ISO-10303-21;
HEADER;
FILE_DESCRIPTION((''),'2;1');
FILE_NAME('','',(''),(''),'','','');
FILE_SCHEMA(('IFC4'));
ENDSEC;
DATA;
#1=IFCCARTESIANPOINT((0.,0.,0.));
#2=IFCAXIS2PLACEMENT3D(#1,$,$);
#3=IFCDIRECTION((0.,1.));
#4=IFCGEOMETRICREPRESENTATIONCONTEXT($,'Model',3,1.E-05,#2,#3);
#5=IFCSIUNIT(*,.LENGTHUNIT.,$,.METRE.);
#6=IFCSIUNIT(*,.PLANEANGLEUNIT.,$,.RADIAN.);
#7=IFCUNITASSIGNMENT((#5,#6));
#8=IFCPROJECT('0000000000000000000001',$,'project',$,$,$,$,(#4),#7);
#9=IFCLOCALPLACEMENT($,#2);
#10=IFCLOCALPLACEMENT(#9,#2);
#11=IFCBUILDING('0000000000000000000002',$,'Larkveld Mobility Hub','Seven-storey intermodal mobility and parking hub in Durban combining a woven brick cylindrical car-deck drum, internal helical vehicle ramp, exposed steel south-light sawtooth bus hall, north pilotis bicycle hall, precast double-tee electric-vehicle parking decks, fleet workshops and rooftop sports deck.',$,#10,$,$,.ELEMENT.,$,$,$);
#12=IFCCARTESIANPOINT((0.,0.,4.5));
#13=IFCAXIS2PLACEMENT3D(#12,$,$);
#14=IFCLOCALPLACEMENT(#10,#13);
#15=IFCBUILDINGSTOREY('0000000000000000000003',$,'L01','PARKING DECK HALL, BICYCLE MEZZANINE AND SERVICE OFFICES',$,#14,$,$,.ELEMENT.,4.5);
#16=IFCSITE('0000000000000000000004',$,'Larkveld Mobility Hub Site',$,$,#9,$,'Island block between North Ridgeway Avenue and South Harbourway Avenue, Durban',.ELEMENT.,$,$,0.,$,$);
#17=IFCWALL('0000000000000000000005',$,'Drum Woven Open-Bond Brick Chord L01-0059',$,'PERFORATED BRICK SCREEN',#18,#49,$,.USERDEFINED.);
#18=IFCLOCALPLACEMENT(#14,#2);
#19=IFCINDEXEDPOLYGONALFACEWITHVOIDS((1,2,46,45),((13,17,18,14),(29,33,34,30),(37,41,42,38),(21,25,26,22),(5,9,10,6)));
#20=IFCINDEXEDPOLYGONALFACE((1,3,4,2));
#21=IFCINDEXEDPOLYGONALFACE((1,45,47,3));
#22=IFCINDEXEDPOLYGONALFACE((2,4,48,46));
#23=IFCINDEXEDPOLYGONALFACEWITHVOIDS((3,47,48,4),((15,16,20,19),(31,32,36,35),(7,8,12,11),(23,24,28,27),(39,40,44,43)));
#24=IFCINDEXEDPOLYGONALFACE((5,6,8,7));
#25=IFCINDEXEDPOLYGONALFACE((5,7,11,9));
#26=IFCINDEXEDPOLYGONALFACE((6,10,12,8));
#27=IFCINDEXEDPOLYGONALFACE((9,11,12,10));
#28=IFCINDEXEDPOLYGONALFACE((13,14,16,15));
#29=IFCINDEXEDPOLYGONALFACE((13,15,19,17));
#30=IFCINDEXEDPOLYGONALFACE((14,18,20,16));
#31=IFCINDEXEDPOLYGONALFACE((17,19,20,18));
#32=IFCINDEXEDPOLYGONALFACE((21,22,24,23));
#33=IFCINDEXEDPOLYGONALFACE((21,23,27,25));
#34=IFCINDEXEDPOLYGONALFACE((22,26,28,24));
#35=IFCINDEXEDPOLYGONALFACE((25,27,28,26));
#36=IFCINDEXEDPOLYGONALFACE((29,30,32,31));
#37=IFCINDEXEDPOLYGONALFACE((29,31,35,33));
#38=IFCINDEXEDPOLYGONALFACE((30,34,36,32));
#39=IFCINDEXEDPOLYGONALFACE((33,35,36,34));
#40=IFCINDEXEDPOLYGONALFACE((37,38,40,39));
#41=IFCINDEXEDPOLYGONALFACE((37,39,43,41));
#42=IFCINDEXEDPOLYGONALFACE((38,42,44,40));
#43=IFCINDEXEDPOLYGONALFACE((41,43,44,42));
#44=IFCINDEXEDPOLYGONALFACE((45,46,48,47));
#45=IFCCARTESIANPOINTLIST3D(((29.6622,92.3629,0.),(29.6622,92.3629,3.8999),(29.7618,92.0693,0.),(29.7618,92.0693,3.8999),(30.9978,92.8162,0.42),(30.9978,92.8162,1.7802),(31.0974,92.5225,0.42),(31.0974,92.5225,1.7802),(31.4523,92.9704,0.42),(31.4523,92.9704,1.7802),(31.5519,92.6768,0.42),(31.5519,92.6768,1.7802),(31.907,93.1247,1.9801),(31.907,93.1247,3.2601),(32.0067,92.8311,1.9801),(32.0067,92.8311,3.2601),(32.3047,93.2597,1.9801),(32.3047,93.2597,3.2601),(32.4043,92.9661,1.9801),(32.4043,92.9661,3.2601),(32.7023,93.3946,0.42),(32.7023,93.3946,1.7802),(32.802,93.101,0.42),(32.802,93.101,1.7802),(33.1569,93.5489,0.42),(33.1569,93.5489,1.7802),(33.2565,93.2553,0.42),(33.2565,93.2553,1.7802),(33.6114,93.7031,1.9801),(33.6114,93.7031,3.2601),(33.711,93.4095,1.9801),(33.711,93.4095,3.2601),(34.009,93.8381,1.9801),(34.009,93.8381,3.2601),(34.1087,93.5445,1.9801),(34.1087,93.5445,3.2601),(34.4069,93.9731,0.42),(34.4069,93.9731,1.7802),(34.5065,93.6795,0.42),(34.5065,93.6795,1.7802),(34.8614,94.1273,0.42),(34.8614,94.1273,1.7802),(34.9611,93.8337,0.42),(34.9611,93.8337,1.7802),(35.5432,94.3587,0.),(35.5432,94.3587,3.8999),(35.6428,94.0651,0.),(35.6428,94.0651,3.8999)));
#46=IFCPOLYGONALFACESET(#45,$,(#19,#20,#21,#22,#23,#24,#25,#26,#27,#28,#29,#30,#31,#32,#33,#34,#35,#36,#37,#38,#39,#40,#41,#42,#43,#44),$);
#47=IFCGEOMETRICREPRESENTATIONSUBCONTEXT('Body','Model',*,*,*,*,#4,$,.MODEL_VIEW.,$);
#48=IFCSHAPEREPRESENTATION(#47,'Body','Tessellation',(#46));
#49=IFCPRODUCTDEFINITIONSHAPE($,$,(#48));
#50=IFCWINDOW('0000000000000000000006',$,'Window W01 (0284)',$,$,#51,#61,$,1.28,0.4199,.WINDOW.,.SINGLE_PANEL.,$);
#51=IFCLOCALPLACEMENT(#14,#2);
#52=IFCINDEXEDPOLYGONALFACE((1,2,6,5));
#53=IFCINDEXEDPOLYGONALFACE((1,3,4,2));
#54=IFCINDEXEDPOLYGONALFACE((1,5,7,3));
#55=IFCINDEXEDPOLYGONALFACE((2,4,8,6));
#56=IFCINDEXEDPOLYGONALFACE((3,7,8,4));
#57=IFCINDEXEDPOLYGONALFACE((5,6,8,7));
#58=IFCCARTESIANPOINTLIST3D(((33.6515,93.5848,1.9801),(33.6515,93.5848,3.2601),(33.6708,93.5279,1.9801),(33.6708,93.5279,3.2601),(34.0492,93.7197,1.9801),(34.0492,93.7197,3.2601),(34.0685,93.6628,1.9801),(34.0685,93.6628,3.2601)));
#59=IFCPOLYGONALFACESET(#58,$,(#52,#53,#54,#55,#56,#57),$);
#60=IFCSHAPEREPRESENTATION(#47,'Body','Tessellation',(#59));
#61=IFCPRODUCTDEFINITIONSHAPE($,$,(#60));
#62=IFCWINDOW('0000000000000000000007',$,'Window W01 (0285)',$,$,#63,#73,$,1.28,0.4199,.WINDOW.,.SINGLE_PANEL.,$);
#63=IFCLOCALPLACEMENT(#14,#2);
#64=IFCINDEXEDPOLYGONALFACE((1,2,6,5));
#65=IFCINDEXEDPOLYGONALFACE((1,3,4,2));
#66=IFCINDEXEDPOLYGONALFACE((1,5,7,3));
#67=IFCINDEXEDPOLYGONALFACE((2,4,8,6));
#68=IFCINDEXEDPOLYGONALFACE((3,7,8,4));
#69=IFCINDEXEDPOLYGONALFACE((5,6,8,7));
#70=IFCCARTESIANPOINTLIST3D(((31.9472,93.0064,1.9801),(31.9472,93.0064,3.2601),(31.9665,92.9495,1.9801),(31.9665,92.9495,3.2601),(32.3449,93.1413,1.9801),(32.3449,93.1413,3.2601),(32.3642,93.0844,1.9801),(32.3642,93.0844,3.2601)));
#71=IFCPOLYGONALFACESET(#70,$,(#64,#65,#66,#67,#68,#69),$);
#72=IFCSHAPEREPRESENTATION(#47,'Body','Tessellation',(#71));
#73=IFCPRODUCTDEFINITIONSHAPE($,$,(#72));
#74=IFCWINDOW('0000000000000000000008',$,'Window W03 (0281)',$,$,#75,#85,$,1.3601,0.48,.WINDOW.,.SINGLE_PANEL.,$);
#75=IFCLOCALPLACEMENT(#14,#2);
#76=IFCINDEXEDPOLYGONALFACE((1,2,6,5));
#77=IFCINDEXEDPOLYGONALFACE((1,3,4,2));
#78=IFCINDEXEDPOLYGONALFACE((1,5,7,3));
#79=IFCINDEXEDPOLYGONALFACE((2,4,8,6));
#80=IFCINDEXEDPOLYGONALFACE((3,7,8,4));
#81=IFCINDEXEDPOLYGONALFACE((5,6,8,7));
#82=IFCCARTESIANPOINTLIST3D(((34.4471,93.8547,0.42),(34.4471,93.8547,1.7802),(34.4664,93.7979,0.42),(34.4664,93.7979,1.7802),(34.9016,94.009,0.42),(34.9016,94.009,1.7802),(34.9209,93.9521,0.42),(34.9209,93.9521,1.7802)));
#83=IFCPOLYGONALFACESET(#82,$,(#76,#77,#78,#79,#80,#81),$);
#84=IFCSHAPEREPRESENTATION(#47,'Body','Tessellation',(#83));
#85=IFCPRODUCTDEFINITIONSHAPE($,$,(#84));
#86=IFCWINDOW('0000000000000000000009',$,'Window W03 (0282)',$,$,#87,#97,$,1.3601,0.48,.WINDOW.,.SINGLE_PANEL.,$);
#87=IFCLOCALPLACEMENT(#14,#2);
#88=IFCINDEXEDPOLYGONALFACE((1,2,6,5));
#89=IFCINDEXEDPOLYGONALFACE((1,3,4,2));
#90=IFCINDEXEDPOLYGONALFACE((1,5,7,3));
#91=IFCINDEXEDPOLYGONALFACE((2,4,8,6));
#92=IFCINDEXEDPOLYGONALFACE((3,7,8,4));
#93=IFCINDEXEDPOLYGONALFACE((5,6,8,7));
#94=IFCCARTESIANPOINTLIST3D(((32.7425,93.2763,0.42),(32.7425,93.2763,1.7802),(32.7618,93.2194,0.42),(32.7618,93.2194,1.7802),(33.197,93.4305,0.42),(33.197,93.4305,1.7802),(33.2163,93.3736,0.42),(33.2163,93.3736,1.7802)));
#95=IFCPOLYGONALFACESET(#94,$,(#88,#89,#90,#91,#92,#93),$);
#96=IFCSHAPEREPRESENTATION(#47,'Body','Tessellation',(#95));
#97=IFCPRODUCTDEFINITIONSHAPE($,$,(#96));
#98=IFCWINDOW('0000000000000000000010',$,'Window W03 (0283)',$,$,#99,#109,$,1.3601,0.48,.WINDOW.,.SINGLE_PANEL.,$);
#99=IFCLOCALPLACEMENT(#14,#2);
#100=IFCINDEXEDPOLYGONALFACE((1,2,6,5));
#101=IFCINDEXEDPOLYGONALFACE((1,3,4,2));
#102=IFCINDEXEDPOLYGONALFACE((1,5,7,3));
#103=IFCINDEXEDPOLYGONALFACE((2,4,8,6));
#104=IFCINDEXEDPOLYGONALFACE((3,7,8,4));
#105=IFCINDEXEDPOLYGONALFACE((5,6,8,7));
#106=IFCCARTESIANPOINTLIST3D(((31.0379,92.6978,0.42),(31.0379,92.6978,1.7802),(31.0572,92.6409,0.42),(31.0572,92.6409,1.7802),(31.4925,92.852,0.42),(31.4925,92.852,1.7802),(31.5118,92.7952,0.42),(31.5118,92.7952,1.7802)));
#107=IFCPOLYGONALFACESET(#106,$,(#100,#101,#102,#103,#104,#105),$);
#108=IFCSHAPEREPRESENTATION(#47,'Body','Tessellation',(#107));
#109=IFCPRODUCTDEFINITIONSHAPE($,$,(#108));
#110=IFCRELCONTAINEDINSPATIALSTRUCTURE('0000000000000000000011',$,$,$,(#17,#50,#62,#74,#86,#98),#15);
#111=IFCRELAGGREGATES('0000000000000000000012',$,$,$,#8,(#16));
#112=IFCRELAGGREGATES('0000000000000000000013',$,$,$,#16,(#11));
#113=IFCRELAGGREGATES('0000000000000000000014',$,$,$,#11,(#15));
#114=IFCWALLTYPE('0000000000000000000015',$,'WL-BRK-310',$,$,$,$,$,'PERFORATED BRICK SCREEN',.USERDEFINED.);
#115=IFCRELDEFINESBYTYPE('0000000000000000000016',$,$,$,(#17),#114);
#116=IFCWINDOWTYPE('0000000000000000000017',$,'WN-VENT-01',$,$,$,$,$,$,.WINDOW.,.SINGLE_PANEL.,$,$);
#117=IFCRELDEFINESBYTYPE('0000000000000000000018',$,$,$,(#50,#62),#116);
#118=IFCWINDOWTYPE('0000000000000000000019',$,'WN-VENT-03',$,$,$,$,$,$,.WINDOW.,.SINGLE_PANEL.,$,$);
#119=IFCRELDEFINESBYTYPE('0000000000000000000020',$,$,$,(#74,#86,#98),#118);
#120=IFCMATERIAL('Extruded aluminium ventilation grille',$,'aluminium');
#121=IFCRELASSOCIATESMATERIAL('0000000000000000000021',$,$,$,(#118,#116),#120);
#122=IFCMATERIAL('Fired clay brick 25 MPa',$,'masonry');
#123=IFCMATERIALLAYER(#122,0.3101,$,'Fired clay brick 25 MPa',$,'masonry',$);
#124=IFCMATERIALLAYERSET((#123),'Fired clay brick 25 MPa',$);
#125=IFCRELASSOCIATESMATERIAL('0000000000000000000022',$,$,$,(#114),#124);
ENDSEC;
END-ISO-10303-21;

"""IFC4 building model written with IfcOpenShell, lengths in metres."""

from ifc_helpers import new_model, si_unit, direction, frame, frame_2d, origin, place, context, subcontext, project, spatial, rectangle, extrude, material, layer, layer_set, type_object, element, fill, save


model = new_model("IFC4")

# Units and contexts
model_context = context("Model", 3, precision=1e-05, world=origin(), true_north=direction((0.0, 1.0)))
body_context = subcontext(model_context, "Body", "Model", "MODEL_VIEW")
ifc_project = project(units=[si_unit("LENGTHUNIT", "METRE"), si_unit("PLANEANGLEUNIT", "RADIAN")], contexts=[model_context])

# Site, building, storey
site_placement = place(None, origin())
site = spatial("IfcSite", under=ifc_project, at=site_placement, Name="Larkveld Mobility Hub Site", LongName="Island block between North Ridgeway Avenue and South Harbourway Avenue, Durban", CompositionType="ELEMENT", RefElevation=0.0)
building_placement = place(site_placement, origin())
building = spatial("IfcBuilding", under=site, at=building_placement, Name="Larkveld Mobility Hub", Description="Seven-storey intermodal mobility and parking hub in Durban combining a woven brick cylindrical car-deck drum, internal helical vehicle ramp, exposed steel south-light sawtooth bus hall, north pilotis bicycle hall, precast double-tee electric-vehicle parking decks, fleet workshops and rooftop sports deck.", CompositionType="ELEMENT")
storey_placement = place(building_placement, frame((0.0, 0.0, 4.5)))
storey = spatial("IfcBuildingStorey", under=building, at=storey_placement, Name="L01", Description="PARKING DECK HALL, BICYCLE MEZZANINE AND SERVICE OFFICES", CompositionType="ELEMENT", Elevation=4.5)

# Wall, openings, windows
ifc_material_1 = material(Name="Fired clay brick 25 MPa", Category="masonry")
ifc_material_2 = material(Name="Extruded aluminium ventilation grille", Category="aluminium")
window_type_1 = type_object("IfcWindowType", Name="WN-VENT-03", PartitioningType="SINGLE_PANEL", PredefinedType="WINDOW", material=ifc_material_2)
ifc_layer_1 = layer(ifc_material_1, 0.3101, Name="Fired clay brick 25 MPa", Category="masonry")
ifc_layer_set_1 = layer_set([ifc_layer_1], Name="Fired clay brick 25 MPa")
wall_type_1 = type_object("IfcWallType", Name="WL-BRK-310", ElementType="PERFORATED BRICK SCREEN", PredefinedType="USERDEFINED", material=ifc_layer_set_1)
wall_1_placement = place(storey_placement, frame((35.593, 94.2119, 0.0), z_axis=(0.0, 0.0, 1.0), x_axis=(-0.946955, -0.321365, 0.0)))
wall_1 = element("IfcWall", 1, at=wall_1_placement, inside=storey, type_object=wall_type_1, Name="Drum Woven Open-Bond Brick Chord L01-0059", ObjectType="PERFORATED BRICK SCREEN", PredefinedType="USERDEFINED", context=body_context, shape_type="SweptSolid", body=[
    extrude(rectangle(XDim=6.2104, YDim=0.3101, at=frame_2d((3.1052, 0.0))), origin(), (0.0, 0.0, 1.0), 3.8999),
])
opening_1_placement = place(wall_1_placement, frame((0.72, 0.0, 0.4199)))
opening_1 = element("IfcOpeningElement", 2, at=opening_1_placement, cuts=wall_1, PredefinedType="OPENING", context=body_context, shape_type="SweptSolid", body=[
    extrude(rectangle(XDim=0.48, YDim=1.3601, at=frame_2d((0.24, 0.6802))), frame((0.0, 0.165, 0.0), z_axis=(0.0, -1.0, 0.0), x_axis=(1.0, 0.0, 0.0)), (0.0, 0.0, 1.0), 0.3301),
])
opening_2_placement = place(wall_1_placement, frame((2.52, 0.0, 0.4199)))
opening_2 = element("IfcOpeningElement", 3, at=opening_2_placement, cuts=wall_1, PredefinedType="OPENING", context=body_context, shape_type="SweptSolid", body=[
    extrude(rectangle(XDim=0.48, YDim=1.3601, at=frame_2d((0.24, 0.6802))), frame((0.0, 0.165, 0.0), z_axis=(0.0, -1.0, 0.0), x_axis=(1.0, 0.0, 0.0)), (0.0, 0.0, 1.0), 0.3301),
])
opening_3_placement = place(wall_1_placement, frame((4.3201, 0.0, 0.4199)))
opening_3 = element("IfcOpeningElement", 4, at=opening_3_placement, cuts=wall_1, PredefinedType="OPENING", context=body_context, shape_type="SweptSolid", body=[
    extrude(rectangle(XDim=0.48, YDim=1.3601, at=frame_2d((0.24, 0.6802))), frame((0.0, 0.165, 0.0), z_axis=(0.0, -1.0, 0.0), x_axis=(1.0, 0.0, 0.0)), (0.0, 0.0, 1.0), 0.3301),
])
opening_4_placement = place(wall_1_placement, frame((1.6201, 0.0, 1.98)))
opening_4 = element("IfcOpeningElement", 5, at=opening_4_placement, cuts=wall_1, PredefinedType="OPENING", context=body_context, shape_type="SweptSolid", body=[
    extrude(rectangle(XDim=0.4199, YDim=1.28, at=frame_2d((0.21, 0.6401))), frame((0.0, 0.165, 0.0), z_axis=(0.0, -1.0, 0.0), x_axis=(1.0, 0.0, 0.0)), (0.0, 0.0, 1.0), 0.3301),
])
opening_5_placement = place(wall_1_placement, frame((3.4199, 0.0, 1.98)))
opening_5 = element("IfcOpeningElement", 6, at=opening_5_placement, cuts=wall_1, PredefinedType="OPENING", context=body_context, shape_type="SweptSolid", body=[
    extrude(rectangle(XDim=0.4199, YDim=1.28, at=frame_2d((0.21, 0.6401))), frame((0.0, 0.165, 0.0), z_axis=(0.0, -1.0, 0.0), x_axis=(1.0, 0.0, 0.0)), (0.0, 0.0, 1.0), 0.3301),
])
window_type_2 = type_object("IfcWindowType", Name="WN-VENT-01", PartitioningType="SINGLE_PANEL", PredefinedType="WINDOW", material=ifc_material_2)
window_1_placement = place(opening_4_placement, origin())
window_1 = element("IfcWindow", 7, at=window_1_placement, inside=storey, type_object=window_type_2, Name="Window W01 (0284)", OverallHeight=1.28, OverallWidth=0.4199, PartitioningType="SINGLE_PANEL", PredefinedType="WINDOW", context=body_context, shape_type="SweptSolid", body=[
    extrude(rectangle(XDim=0.4199, YDim=1.28, at=frame_2d((0.21, 0.6401))), frame((0.0, 0.03, 0.0), z_axis=(0.0, -1.0, 0.0), x_axis=(1.0, 0.0, 0.0)), (0.0, 0.0, 1.0), 0.0601),
])
fill(opening_4, window_1)
window_2_placement = place(opening_5_placement, origin())
window_2 = element("IfcWindow", 8, at=window_2_placement, inside=storey, type_object=window_type_2, Name="Window W01 (0285)", OverallHeight=1.28, OverallWidth=0.4199, PartitioningType="SINGLE_PANEL", PredefinedType="WINDOW", context=body_context, shape_type="SweptSolid", body=[
    extrude(rectangle(XDim=0.4199, YDim=1.28, at=frame_2d((0.21, 0.6401))), frame((0.0, 0.03, 0.0), z_axis=(0.0, -1.0, 0.0), x_axis=(1.0, 0.0, 0.0)), (0.0, 0.0, 1.0), 0.0601),
])
fill(opening_5, window_2)
window_3_placement = place(opening_1_placement, origin())
window_3 = element("IfcWindow", 9, at=window_3_placement, inside=storey, type_object=window_type_1, Name="Window W03 (0281)", OverallHeight=1.3601, OverallWidth=0.48, PartitioningType="SINGLE_PANEL", PredefinedType="WINDOW", context=body_context, shape_type="SweptSolid", body=[
    extrude(rectangle(XDim=0.48, YDim=1.3601, at=frame_2d((0.24, 0.6802))), frame((0.0, 0.03, 0.0), z_axis=(0.0, -1.0, 0.0), x_axis=(1.0, 0.0, 0.0)), (0.0, 0.0, 1.0), 0.0601),
])
fill(opening_1, window_3)
window_4_placement = place(opening_2_placement, origin())
window_4 = element("IfcWindow", 10, at=window_4_placement, inside=storey, type_object=window_type_1, Name="Window W03 (0282)", OverallHeight=1.3601, OverallWidth=0.48, PartitioningType="SINGLE_PANEL", PredefinedType="WINDOW", context=body_context, shape_type="SweptSolid", body=[
    extrude(rectangle(XDim=0.48, YDim=1.3601, at=frame_2d((0.24, 0.6802))), frame((0.0, 0.03, 0.0), z_axis=(0.0, -1.0, 0.0), x_axis=(1.0, 0.0, 0.0)), (0.0, 0.0, 1.0), 0.0601),
])
fill(opening_2, window_4)
window_5_placement = place(opening_3_placement, origin())
window_5 = element("IfcWindow", 11, at=window_5_placement, inside=storey, type_object=window_type_1, Name="Window W03 (0283)", OverallHeight=1.3601, OverallWidth=0.48, PartitioningType="SINGLE_PANEL", PredefinedType="WINDOW", context=body_context, shape_type="SweptSolid", body=[
    extrude(rectangle(XDim=0.48, YDim=1.3601, at=frame_2d((0.24, 0.6802))), frame((0.0, 0.03, 0.0), z_axis=(0.0, -1.0, 0.0), x_axis=(1.0, 0.0, 0.0)), (0.0, 0.0, 1.0), 0.0601),
])
fill(opening_3, window_5)

save(model, "model.ifc")
